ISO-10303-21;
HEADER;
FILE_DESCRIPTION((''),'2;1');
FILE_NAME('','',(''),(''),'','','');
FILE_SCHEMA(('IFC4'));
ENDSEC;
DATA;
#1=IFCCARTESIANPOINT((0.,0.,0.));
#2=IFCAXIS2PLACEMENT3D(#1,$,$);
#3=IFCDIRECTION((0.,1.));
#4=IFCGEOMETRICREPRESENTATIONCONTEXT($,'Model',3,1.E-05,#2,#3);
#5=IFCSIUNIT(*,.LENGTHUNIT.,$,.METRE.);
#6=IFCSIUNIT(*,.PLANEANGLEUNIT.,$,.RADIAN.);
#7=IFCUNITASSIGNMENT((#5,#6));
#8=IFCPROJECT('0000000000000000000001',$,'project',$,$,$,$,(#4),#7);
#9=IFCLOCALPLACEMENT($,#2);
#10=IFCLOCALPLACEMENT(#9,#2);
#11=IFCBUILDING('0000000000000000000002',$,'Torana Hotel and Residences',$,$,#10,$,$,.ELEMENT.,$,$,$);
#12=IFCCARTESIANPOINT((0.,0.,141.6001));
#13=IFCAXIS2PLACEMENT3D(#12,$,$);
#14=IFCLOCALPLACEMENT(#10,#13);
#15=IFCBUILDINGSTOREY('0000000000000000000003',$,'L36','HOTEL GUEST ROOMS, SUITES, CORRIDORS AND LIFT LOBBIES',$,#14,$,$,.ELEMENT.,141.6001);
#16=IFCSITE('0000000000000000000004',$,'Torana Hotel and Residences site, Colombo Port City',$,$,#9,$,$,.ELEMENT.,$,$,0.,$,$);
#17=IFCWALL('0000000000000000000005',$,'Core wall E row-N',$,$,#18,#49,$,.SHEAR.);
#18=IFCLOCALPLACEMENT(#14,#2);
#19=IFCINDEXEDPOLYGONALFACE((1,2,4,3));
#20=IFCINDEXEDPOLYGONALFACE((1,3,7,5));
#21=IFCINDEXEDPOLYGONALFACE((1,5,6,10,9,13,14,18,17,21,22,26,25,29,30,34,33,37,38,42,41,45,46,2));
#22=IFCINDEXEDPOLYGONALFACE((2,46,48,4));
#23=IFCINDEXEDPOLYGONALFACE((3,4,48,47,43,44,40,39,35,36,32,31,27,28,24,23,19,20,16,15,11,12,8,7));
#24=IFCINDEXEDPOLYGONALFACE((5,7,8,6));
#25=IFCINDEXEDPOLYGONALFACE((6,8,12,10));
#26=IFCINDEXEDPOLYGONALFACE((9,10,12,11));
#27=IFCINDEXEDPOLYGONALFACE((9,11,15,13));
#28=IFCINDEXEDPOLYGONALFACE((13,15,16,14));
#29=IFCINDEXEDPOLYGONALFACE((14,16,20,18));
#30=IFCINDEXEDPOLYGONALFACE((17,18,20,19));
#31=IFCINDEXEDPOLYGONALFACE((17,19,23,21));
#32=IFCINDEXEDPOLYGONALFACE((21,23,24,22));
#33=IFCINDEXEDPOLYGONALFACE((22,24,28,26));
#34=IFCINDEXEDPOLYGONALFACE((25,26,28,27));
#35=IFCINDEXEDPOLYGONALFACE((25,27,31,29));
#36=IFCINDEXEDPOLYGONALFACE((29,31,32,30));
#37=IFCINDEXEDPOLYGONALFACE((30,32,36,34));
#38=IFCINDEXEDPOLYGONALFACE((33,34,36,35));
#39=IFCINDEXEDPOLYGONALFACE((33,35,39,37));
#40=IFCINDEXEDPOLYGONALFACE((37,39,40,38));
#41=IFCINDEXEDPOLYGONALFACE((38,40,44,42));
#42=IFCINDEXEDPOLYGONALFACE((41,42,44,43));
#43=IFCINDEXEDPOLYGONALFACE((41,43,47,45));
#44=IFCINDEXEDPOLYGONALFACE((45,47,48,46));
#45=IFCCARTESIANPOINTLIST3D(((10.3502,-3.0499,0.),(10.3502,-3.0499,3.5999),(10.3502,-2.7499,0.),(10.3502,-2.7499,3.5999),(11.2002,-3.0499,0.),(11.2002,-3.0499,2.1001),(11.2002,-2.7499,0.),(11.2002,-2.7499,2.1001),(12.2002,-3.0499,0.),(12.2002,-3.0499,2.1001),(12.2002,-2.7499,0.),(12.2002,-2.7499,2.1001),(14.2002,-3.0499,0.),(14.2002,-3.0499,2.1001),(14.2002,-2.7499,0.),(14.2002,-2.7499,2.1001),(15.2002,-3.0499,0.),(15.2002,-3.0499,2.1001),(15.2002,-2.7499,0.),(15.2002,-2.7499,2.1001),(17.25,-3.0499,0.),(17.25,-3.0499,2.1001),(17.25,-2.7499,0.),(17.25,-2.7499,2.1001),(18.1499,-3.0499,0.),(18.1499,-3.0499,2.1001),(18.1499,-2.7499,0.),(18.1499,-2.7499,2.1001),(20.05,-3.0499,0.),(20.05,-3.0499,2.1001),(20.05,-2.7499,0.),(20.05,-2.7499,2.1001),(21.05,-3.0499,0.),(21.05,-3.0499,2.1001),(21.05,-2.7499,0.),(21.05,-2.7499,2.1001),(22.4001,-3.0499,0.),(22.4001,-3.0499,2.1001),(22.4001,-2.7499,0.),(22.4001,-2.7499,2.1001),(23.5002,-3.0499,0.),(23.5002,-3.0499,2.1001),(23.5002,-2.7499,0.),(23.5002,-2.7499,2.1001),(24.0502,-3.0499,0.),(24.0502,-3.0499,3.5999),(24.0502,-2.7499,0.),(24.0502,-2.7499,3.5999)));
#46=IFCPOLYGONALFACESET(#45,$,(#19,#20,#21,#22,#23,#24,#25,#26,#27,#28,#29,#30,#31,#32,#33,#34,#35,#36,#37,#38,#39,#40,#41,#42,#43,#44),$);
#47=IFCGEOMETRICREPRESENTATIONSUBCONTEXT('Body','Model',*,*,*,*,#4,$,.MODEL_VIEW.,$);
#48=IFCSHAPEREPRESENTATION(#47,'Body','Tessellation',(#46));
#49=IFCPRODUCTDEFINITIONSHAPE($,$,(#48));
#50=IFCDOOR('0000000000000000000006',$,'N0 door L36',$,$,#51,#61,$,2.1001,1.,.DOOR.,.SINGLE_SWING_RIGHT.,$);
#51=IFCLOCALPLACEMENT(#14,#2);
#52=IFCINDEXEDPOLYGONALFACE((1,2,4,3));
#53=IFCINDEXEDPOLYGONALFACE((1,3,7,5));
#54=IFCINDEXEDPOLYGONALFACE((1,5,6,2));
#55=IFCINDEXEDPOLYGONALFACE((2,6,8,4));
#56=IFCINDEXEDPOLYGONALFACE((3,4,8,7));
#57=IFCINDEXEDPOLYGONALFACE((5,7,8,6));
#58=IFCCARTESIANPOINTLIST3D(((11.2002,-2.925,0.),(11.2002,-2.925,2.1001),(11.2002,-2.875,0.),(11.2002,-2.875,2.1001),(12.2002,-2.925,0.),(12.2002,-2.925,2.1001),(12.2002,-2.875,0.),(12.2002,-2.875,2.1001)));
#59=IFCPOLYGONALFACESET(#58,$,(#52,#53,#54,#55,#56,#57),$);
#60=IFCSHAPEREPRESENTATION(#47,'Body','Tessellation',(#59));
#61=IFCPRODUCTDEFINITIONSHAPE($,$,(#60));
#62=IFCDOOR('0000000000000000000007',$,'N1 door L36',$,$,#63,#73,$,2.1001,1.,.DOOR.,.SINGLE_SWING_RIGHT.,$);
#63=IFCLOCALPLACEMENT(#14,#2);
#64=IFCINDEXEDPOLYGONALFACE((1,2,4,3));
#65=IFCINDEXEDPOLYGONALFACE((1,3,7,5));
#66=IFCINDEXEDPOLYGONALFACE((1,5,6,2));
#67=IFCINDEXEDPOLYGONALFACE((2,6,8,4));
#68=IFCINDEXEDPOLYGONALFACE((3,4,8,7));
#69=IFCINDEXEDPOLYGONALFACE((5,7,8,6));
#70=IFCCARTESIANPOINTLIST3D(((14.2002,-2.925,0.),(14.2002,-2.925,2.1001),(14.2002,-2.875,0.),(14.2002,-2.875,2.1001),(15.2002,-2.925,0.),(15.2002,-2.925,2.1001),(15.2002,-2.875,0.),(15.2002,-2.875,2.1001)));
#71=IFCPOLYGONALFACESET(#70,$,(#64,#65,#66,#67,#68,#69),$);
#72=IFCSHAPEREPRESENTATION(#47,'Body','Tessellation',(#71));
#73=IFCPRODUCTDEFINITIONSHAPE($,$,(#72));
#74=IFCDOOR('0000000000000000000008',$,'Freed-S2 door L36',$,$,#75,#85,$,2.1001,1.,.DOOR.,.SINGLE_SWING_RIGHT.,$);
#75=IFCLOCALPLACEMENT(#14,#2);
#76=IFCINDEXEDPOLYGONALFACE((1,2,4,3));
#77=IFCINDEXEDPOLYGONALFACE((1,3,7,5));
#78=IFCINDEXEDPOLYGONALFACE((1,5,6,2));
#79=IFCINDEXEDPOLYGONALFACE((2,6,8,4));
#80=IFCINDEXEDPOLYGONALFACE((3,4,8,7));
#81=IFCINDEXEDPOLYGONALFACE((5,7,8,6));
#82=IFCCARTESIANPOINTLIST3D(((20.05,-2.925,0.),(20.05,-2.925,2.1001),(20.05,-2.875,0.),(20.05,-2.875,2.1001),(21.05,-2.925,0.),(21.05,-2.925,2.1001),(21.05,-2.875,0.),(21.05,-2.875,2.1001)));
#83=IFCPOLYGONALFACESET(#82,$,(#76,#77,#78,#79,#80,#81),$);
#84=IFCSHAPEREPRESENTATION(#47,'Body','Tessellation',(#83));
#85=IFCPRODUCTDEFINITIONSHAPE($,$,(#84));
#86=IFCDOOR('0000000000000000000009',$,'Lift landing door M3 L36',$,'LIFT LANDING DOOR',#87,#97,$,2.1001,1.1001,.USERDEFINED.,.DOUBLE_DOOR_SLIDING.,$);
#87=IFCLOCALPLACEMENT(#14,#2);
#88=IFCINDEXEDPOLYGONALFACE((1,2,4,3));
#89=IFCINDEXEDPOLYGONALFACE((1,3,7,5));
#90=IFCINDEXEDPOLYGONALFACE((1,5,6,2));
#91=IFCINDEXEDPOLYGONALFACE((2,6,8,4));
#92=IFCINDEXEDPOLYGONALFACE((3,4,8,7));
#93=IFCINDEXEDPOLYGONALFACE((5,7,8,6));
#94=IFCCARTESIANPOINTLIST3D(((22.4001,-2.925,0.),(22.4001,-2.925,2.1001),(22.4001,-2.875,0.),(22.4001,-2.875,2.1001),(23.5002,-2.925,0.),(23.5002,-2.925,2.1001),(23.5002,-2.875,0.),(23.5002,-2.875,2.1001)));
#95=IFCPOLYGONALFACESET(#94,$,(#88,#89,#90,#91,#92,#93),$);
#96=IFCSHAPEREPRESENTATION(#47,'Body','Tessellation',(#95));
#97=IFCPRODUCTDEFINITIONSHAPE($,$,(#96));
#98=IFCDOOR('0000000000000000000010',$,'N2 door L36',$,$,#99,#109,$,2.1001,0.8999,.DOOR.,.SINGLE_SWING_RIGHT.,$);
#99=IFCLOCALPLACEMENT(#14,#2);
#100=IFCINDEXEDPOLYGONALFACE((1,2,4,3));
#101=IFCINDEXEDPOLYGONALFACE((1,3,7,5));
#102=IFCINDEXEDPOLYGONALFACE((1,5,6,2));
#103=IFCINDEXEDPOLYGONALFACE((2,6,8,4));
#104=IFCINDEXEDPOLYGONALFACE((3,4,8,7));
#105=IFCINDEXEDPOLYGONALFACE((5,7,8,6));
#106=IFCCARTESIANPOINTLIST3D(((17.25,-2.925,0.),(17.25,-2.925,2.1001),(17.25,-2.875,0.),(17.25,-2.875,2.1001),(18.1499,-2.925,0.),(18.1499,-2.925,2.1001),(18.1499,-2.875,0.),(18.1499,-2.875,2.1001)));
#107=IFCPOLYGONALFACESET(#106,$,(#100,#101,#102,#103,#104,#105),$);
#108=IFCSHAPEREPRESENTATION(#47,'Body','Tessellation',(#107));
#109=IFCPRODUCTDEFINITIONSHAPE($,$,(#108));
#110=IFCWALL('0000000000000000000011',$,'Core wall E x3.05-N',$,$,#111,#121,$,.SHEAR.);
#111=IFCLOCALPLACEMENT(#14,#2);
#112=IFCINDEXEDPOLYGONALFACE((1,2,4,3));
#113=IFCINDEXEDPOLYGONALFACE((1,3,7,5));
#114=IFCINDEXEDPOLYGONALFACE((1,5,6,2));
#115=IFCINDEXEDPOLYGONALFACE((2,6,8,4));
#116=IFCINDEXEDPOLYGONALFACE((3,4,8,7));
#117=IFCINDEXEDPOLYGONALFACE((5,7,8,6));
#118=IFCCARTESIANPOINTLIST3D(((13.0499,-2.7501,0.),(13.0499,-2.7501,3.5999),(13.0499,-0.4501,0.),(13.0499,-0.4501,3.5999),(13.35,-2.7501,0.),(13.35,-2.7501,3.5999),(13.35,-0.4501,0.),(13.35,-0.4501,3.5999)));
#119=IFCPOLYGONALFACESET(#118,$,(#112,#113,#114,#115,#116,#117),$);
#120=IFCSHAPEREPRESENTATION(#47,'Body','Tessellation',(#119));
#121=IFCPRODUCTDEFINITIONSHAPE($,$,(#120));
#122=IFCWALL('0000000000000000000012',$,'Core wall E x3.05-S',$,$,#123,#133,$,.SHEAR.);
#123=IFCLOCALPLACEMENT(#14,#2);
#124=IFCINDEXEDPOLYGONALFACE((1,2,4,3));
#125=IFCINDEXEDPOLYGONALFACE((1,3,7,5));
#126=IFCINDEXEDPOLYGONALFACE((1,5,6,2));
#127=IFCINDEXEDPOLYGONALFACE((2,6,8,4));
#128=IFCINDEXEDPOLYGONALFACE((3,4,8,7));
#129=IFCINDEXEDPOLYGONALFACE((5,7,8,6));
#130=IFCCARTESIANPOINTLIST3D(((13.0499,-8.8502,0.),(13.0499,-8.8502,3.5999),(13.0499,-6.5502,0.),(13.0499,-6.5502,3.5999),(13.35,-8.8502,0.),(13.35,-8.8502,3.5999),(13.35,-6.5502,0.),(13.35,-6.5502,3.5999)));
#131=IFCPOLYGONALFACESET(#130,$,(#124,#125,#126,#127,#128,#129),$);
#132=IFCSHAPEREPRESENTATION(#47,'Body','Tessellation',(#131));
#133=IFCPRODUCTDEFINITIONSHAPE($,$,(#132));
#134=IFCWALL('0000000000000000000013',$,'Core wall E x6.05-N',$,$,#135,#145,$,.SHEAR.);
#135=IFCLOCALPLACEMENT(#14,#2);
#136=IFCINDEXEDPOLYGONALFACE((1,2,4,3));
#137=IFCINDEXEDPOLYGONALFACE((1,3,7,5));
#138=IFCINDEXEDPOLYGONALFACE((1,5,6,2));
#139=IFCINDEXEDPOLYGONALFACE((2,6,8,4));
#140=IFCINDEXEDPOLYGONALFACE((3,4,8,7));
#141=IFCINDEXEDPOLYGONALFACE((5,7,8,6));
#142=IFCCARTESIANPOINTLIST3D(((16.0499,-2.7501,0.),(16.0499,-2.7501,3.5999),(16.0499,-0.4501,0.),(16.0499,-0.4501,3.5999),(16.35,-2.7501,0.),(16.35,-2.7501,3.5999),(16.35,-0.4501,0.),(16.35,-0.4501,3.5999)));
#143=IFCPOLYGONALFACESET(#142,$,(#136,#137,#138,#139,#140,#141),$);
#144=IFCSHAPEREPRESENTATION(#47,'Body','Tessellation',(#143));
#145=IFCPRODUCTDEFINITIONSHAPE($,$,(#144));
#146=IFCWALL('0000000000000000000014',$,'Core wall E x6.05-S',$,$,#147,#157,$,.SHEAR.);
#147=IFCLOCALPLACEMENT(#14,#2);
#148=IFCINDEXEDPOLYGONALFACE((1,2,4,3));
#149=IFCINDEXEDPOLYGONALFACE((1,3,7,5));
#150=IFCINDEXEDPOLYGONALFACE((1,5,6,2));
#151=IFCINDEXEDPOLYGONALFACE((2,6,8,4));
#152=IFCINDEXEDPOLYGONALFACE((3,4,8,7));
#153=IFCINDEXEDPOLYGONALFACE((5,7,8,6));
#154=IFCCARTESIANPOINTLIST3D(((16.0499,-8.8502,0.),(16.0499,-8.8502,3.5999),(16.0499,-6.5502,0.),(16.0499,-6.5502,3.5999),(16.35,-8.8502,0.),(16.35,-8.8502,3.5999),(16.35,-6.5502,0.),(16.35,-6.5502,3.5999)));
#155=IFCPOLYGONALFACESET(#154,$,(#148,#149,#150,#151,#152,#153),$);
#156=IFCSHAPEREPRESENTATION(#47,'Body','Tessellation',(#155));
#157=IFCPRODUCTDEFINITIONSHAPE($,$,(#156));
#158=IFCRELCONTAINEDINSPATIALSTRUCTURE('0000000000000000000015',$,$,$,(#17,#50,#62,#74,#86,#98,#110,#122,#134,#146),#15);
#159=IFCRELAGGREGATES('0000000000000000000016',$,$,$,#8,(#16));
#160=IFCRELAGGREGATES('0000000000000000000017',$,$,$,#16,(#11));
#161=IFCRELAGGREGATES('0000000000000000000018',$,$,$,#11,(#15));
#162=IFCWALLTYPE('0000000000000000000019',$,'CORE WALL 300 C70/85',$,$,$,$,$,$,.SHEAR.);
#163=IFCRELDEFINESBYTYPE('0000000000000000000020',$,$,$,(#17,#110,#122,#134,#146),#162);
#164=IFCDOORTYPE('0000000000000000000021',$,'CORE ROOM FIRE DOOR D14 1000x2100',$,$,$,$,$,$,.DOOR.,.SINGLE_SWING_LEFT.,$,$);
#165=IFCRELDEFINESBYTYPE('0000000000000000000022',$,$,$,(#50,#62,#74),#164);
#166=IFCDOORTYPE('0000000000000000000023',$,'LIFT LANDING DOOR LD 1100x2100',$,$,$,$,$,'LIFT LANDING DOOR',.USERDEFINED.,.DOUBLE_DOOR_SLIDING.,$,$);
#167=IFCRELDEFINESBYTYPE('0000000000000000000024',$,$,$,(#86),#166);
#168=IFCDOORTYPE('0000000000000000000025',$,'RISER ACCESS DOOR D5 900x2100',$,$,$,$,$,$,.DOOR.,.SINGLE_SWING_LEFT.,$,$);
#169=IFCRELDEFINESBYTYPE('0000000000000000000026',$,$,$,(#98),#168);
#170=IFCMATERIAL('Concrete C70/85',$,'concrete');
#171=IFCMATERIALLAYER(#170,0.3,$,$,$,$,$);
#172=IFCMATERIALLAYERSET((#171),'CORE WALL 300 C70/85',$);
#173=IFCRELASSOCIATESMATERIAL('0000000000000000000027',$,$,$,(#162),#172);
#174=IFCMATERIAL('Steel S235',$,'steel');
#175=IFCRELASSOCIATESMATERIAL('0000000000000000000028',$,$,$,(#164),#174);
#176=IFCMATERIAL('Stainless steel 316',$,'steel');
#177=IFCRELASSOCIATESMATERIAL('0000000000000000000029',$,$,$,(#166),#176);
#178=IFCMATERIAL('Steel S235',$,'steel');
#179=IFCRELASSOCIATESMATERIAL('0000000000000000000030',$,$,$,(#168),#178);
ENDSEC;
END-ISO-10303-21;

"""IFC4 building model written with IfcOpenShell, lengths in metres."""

from ifc_helpers import new_model, si_unit, direction, frame, frame_2d, origin, place, context, subcontext, project, spatial, rectangle, extrude, material, layer, layer_set, type_object, element, fill, save


model = new_model("IFC4")

# Units and contexts
model_context = context("Model", 3, precision=1e-05, world=origin(), true_north=direction((0.0, 1.0)))
body_context = subcontext(model_context, "Body", "Model", "MODEL_VIEW")
ifc_project = project(units=[si_unit("LENGTHUNIT", "METRE"), si_unit("PLANEANGLEUNIT", "RADIAN")], contexts=[model_context])

# Site, building, storey
site_placement = place(None, origin())
site = spatial("IfcSite", under=ifc_project, at=site_placement, Name="Torana Hotel and Residences site, Colombo Port City", CompositionType="ELEMENT", RefElevation=0.0)
building_placement = place(site_placement, origin())
building = spatial("IfcBuilding", under=site, at=building_placement, Name="Torana Hotel and Residences", CompositionType="ELEMENT")
storey_placement = place(building_placement, frame((0.0, 0.0, 141.6001)))
storey = spatial("IfcBuildingStorey", under=building, at=storey_placement, Name="L36", Description="HOTEL GUEST ROOMS, SUITES, CORRIDORS AND LIFT LOBBIES", CompositionType="ELEMENT", Elevation=141.6001)

# Wall, openings, doors
ifc_material_1 = material(Name="Concrete C70/85", Category="concrete")
ifc_layer_1 = layer(ifc_material_1, 0.3)
ifc_layer_set_1 = layer_set([ifc_layer_1], Name="CORE WALL 300 C70/85")
wall_type = type_object("IfcWallType", Name="CORE WALL 300 C70/85", PredefinedType="SHEAR", material=ifc_layer_set_1)
wall_placement = place(storey_placement, frame((10.3501, -2.8999, 0.0), z_axis=(0.0, 0.0, 1.0), x_axis=(1.0, 0.0, 0.0)))
wall = element("IfcWall", 1, at=wall_placement, inside=storey, type_object=wall_type, Name="Core wall E row-N", PredefinedType="SHEAR", context=body_context, shape_type="SweptSolid", body=[
    extrude(rectangle(XDim=13.7, YDim=0.3, at=frame_2d((6.8501, 0.0))), origin(), (0.0, 0.0, 1.0), 3.5999),
])
opening_1_placement = place(wall_placement, frame((12.05, 0.0, 0.0)))
opening_1 = element("IfcOpeningElement", 2, at=opening_1_placement, cuts=wall, PredefinedType="OPENING", context=body_context, shape_type="SweptSolid", body=[
    extrude(rectangle(XDim=1.1001, YDim=2.1001, at=frame_2d((0.55, 1.05))), frame((0.0, 0.1599, 0.0), z_axis=(0.0, -1.0, 0.0), x_axis=(1.0, 0.0, 0.0)), (0.0, 0.0, 1.0), 0.3201),
])
opening_2_placement = place(wall_placement, frame((6.8999, 0.0, 0.0)))
opening_2 = element("IfcOpeningElement", 3, at=opening_2_placement, cuts=wall, PredefinedType="OPENING", context=body_context, shape_type="SweptSolid", body=[
    extrude(rectangle(XDim=0.8999, YDim=2.1001, at=frame_2d((0.45, 1.05))), frame((0.0, 0.1599, 0.0), z_axis=(0.0, -1.0, 0.0), x_axis=(1.0, 0.0, 0.0)), (0.0, 0.0, 1.0), 0.3201),
])
opening_3_placement = place(wall_placement, frame((0.8501, 0.0, 0.0)))
opening_3 = element("IfcOpeningElement", 4, at=opening_3_placement, cuts=wall, PredefinedType="OPENING", context=body_context, shape_type="SweptSolid", body=[
    extrude(rectangle(XDim=1.0, YDim=2.1001, at=frame_2d((0.5, 1.05))), frame((0.0, 0.1599, 0.0), z_axis=(0.0, -1.0, 0.0), x_axis=(1.0, 0.0, 0.0)), (0.0, 0.0, 1.0), 0.3201),
])
opening_4_placement = place(wall_placement, frame((3.8501, 0.0, 0.0)))
opening_4 = element("IfcOpeningElement", 5, at=opening_4_placement, cuts=wall, PredefinedType="OPENING", context=body_context, shape_type="SweptSolid", body=[
    extrude(rectangle(XDim=1.0, YDim=2.1001, at=frame_2d((0.5, 1.05))), frame((0.0, 0.1599, 0.0), z_axis=(0.0, -1.0, 0.0), x_axis=(1.0, 0.0, 0.0)), (0.0, 0.0, 1.0), 0.3201),
])
opening_5_placement = place(wall_placement, frame((9.7, 0.0, 0.0)))
opening_5 = element("IfcOpeningElement", 6, at=opening_5_placement, cuts=wall, PredefinedType="OPENING", context=body_context, shape_type="SweptSolid", body=[
    extrude(rectangle(XDim=1.0, YDim=2.1001, at=frame_2d((0.5, 1.05))), frame((0.0, 0.1599, 0.0), z_axis=(0.0, -1.0, 0.0), x_axis=(1.0, 0.0, 0.0)), (0.0, 0.0, 1.0), 0.3201),
])
ifc_material_2 = material(Name="Steel S235", Category="steel")
door_type_1 = type_object("IfcDoorType", Name="CORE ROOM FIRE DOOR D14 1000x2100", OperationType="SINGLE_SWING_LEFT", PredefinedType="DOOR", material=ifc_material_2)
door_1_placement = place(opening_3_placement, origin())
door_1 = element("IfcDoor", 7, at=door_1_placement, inside=storey, type_object=door_type_1, Name="N0 door L36", OperationType="SINGLE_SWING_RIGHT", OverallHeight=2.1001, OverallWidth=1.0, PredefinedType="DOOR", context=body_context, shape_type="SweptSolid", body=[
    extrude(rectangle(XDim=1.0, YDim=2.1001, at=frame_2d((0.5, 1.05))), frame((0.0, 0.0249, 0.0), z_axis=(0.0, -1.0, 0.0), x_axis=(1.0, 0.0, 0.0)), (0.0, 0.0, 1.0), 0.05),
])
fill(opening_3, door_1)
door_2_placement = place(opening_4_placement, origin())
door_2 = element("IfcDoor", 8, at=door_2_placement, inside=storey, type_object=door_type_1, Name="N1 door L36", OperationType="SINGLE_SWING_RIGHT", OverallHeight=2.1001, OverallWidth=1.0, PredefinedType="DOOR", context=body_context, shape_type="SweptSolid", body=[
    extrude(rectangle(XDim=1.0, YDim=2.1001, at=frame_2d((0.5, 1.05))), frame((0.0, 0.0249, 0.0), z_axis=(0.0, -1.0, 0.0), x_axis=(1.0, 0.0, 0.0)), (0.0, 0.0, 1.0), 0.05),
])
fill(opening_4, door_2)
door_3_placement = place(opening_5_placement, origin())
door_3 = element("IfcDoor", 9, at=door_3_placement, inside=storey, type_object=door_type_1, Name="Freed-S2 door L36", OperationType="SINGLE_SWING_RIGHT", OverallHeight=2.1001, OverallWidth=1.0, PredefinedType="DOOR", context=body_context, shape_type="SweptSolid", body=[
    extrude(rectangle(XDim=1.0, YDim=2.1001, at=frame_2d((0.5, 1.05))), frame((0.0, 0.0249, 0.0), z_axis=(0.0, -1.0, 0.0), x_axis=(1.0, 0.0, 0.0)), (0.0, 0.0, 1.0), 0.05),
])
fill(opening_5, door_3)
ifc_material_3 = material(Name="Stainless steel 316", Category="steel")
door_type_2 = type_object("IfcDoorType", Name="LIFT LANDING DOOR LD 1100x2100", ElementType="LIFT LANDING DOOR", OperationType="DOUBLE_DOOR_SLIDING", PredefinedType="USERDEFINED", material=ifc_material_3)
door_4_placement = place(opening_1_placement, origin())
door_4 = element("IfcDoor", 10, at=door_4_placement, inside=storey, type_object=door_type_2, Name="Lift landing door M3 L36", ObjectType="LIFT LANDING DOOR", OperationType="DOUBLE_DOOR_SLIDING", OverallHeight=2.1001, OverallWidth=1.1001, PredefinedType="USERDEFINED", context=body_context, shape_type="SweptSolid", body=[
    extrude(rectangle(XDim=1.1001, YDim=2.1001, at=frame_2d((0.55, 1.05))), frame((0.0, 0.0249, 0.0), z_axis=(0.0, -1.0, 0.0), x_axis=(1.0, 0.0, 0.0)), (0.0, 0.0, 1.0), 0.05),
])
fill(opening_1, door_4)
ifc_material_4 = material(Name="Steel S235", Category="steel")
door_type_3 = type_object("IfcDoorType", Name="RISER ACCESS DOOR D5 900x2100", OperationType="SINGLE_SWING_LEFT", PredefinedType="DOOR", material=ifc_material_4)
door_5_placement = place(opening_2_placement, origin())
door_5 = element("IfcDoor", 11, at=door_5_placement, inside=storey, type_object=door_type_3, Name="N2 door L36", OperationType="SINGLE_SWING_RIGHT", OverallHeight=2.1001, OverallWidth=0.8999, PredefinedType="DOOR", context=body_context, shape_type="SweptSolid", body=[
    extrude(rectangle(XDim=0.8999, YDim=2.1001, at=frame_2d((0.45, 1.05))), frame((0.0, 0.0249, 0.0), z_axis=(0.0, -1.0, 0.0), x_axis=(1.0, 0.0, 0.0)), (0.0, 0.0, 1.0), 0.05),
])
fill(opening_2, door_5)

# Walls
for number, where, z_axis, x_axis, name in (
    (12, (13.2, -2.75, 0.0), (0.0, 0.0, 1.0), (0.0, 1.0, 0.0), "Core wall E x3.05-N"),
    (13, (13.2, -8.8501, 0.0), (0.0, 0.0, 1.0), (0.0, 1.0, 0.0), "Core wall E x3.05-S"),
    (14, (16.2, -2.75, 0.0), (0.0, 0.0, 1.0), (0.0, 1.0, 0.0), "Core wall E x6.05-N"),
    (15, (16.2, -8.8501, 0.0), (0.0, 0.0, 1.0), (0.0, 1.0, 0.0), "Core wall E x6.05-S"),
):
    element("IfcWall", number, at=place(storey_placement, frame(where, z_axis=z_axis, x_axis=x_axis)), inside=storey, type_object=wall_type, Name=name, PredefinedType="SHEAR", context=body_context, shape_type="SweptSolid", body=[
        extrude(rectangle(XDim=2.3, YDim=0.3, at=frame_2d((1.1499, 0.0))), origin(), (0.0, 0.0, 1.0), 3.5999),
    ])

save(model, "model.ifc")
